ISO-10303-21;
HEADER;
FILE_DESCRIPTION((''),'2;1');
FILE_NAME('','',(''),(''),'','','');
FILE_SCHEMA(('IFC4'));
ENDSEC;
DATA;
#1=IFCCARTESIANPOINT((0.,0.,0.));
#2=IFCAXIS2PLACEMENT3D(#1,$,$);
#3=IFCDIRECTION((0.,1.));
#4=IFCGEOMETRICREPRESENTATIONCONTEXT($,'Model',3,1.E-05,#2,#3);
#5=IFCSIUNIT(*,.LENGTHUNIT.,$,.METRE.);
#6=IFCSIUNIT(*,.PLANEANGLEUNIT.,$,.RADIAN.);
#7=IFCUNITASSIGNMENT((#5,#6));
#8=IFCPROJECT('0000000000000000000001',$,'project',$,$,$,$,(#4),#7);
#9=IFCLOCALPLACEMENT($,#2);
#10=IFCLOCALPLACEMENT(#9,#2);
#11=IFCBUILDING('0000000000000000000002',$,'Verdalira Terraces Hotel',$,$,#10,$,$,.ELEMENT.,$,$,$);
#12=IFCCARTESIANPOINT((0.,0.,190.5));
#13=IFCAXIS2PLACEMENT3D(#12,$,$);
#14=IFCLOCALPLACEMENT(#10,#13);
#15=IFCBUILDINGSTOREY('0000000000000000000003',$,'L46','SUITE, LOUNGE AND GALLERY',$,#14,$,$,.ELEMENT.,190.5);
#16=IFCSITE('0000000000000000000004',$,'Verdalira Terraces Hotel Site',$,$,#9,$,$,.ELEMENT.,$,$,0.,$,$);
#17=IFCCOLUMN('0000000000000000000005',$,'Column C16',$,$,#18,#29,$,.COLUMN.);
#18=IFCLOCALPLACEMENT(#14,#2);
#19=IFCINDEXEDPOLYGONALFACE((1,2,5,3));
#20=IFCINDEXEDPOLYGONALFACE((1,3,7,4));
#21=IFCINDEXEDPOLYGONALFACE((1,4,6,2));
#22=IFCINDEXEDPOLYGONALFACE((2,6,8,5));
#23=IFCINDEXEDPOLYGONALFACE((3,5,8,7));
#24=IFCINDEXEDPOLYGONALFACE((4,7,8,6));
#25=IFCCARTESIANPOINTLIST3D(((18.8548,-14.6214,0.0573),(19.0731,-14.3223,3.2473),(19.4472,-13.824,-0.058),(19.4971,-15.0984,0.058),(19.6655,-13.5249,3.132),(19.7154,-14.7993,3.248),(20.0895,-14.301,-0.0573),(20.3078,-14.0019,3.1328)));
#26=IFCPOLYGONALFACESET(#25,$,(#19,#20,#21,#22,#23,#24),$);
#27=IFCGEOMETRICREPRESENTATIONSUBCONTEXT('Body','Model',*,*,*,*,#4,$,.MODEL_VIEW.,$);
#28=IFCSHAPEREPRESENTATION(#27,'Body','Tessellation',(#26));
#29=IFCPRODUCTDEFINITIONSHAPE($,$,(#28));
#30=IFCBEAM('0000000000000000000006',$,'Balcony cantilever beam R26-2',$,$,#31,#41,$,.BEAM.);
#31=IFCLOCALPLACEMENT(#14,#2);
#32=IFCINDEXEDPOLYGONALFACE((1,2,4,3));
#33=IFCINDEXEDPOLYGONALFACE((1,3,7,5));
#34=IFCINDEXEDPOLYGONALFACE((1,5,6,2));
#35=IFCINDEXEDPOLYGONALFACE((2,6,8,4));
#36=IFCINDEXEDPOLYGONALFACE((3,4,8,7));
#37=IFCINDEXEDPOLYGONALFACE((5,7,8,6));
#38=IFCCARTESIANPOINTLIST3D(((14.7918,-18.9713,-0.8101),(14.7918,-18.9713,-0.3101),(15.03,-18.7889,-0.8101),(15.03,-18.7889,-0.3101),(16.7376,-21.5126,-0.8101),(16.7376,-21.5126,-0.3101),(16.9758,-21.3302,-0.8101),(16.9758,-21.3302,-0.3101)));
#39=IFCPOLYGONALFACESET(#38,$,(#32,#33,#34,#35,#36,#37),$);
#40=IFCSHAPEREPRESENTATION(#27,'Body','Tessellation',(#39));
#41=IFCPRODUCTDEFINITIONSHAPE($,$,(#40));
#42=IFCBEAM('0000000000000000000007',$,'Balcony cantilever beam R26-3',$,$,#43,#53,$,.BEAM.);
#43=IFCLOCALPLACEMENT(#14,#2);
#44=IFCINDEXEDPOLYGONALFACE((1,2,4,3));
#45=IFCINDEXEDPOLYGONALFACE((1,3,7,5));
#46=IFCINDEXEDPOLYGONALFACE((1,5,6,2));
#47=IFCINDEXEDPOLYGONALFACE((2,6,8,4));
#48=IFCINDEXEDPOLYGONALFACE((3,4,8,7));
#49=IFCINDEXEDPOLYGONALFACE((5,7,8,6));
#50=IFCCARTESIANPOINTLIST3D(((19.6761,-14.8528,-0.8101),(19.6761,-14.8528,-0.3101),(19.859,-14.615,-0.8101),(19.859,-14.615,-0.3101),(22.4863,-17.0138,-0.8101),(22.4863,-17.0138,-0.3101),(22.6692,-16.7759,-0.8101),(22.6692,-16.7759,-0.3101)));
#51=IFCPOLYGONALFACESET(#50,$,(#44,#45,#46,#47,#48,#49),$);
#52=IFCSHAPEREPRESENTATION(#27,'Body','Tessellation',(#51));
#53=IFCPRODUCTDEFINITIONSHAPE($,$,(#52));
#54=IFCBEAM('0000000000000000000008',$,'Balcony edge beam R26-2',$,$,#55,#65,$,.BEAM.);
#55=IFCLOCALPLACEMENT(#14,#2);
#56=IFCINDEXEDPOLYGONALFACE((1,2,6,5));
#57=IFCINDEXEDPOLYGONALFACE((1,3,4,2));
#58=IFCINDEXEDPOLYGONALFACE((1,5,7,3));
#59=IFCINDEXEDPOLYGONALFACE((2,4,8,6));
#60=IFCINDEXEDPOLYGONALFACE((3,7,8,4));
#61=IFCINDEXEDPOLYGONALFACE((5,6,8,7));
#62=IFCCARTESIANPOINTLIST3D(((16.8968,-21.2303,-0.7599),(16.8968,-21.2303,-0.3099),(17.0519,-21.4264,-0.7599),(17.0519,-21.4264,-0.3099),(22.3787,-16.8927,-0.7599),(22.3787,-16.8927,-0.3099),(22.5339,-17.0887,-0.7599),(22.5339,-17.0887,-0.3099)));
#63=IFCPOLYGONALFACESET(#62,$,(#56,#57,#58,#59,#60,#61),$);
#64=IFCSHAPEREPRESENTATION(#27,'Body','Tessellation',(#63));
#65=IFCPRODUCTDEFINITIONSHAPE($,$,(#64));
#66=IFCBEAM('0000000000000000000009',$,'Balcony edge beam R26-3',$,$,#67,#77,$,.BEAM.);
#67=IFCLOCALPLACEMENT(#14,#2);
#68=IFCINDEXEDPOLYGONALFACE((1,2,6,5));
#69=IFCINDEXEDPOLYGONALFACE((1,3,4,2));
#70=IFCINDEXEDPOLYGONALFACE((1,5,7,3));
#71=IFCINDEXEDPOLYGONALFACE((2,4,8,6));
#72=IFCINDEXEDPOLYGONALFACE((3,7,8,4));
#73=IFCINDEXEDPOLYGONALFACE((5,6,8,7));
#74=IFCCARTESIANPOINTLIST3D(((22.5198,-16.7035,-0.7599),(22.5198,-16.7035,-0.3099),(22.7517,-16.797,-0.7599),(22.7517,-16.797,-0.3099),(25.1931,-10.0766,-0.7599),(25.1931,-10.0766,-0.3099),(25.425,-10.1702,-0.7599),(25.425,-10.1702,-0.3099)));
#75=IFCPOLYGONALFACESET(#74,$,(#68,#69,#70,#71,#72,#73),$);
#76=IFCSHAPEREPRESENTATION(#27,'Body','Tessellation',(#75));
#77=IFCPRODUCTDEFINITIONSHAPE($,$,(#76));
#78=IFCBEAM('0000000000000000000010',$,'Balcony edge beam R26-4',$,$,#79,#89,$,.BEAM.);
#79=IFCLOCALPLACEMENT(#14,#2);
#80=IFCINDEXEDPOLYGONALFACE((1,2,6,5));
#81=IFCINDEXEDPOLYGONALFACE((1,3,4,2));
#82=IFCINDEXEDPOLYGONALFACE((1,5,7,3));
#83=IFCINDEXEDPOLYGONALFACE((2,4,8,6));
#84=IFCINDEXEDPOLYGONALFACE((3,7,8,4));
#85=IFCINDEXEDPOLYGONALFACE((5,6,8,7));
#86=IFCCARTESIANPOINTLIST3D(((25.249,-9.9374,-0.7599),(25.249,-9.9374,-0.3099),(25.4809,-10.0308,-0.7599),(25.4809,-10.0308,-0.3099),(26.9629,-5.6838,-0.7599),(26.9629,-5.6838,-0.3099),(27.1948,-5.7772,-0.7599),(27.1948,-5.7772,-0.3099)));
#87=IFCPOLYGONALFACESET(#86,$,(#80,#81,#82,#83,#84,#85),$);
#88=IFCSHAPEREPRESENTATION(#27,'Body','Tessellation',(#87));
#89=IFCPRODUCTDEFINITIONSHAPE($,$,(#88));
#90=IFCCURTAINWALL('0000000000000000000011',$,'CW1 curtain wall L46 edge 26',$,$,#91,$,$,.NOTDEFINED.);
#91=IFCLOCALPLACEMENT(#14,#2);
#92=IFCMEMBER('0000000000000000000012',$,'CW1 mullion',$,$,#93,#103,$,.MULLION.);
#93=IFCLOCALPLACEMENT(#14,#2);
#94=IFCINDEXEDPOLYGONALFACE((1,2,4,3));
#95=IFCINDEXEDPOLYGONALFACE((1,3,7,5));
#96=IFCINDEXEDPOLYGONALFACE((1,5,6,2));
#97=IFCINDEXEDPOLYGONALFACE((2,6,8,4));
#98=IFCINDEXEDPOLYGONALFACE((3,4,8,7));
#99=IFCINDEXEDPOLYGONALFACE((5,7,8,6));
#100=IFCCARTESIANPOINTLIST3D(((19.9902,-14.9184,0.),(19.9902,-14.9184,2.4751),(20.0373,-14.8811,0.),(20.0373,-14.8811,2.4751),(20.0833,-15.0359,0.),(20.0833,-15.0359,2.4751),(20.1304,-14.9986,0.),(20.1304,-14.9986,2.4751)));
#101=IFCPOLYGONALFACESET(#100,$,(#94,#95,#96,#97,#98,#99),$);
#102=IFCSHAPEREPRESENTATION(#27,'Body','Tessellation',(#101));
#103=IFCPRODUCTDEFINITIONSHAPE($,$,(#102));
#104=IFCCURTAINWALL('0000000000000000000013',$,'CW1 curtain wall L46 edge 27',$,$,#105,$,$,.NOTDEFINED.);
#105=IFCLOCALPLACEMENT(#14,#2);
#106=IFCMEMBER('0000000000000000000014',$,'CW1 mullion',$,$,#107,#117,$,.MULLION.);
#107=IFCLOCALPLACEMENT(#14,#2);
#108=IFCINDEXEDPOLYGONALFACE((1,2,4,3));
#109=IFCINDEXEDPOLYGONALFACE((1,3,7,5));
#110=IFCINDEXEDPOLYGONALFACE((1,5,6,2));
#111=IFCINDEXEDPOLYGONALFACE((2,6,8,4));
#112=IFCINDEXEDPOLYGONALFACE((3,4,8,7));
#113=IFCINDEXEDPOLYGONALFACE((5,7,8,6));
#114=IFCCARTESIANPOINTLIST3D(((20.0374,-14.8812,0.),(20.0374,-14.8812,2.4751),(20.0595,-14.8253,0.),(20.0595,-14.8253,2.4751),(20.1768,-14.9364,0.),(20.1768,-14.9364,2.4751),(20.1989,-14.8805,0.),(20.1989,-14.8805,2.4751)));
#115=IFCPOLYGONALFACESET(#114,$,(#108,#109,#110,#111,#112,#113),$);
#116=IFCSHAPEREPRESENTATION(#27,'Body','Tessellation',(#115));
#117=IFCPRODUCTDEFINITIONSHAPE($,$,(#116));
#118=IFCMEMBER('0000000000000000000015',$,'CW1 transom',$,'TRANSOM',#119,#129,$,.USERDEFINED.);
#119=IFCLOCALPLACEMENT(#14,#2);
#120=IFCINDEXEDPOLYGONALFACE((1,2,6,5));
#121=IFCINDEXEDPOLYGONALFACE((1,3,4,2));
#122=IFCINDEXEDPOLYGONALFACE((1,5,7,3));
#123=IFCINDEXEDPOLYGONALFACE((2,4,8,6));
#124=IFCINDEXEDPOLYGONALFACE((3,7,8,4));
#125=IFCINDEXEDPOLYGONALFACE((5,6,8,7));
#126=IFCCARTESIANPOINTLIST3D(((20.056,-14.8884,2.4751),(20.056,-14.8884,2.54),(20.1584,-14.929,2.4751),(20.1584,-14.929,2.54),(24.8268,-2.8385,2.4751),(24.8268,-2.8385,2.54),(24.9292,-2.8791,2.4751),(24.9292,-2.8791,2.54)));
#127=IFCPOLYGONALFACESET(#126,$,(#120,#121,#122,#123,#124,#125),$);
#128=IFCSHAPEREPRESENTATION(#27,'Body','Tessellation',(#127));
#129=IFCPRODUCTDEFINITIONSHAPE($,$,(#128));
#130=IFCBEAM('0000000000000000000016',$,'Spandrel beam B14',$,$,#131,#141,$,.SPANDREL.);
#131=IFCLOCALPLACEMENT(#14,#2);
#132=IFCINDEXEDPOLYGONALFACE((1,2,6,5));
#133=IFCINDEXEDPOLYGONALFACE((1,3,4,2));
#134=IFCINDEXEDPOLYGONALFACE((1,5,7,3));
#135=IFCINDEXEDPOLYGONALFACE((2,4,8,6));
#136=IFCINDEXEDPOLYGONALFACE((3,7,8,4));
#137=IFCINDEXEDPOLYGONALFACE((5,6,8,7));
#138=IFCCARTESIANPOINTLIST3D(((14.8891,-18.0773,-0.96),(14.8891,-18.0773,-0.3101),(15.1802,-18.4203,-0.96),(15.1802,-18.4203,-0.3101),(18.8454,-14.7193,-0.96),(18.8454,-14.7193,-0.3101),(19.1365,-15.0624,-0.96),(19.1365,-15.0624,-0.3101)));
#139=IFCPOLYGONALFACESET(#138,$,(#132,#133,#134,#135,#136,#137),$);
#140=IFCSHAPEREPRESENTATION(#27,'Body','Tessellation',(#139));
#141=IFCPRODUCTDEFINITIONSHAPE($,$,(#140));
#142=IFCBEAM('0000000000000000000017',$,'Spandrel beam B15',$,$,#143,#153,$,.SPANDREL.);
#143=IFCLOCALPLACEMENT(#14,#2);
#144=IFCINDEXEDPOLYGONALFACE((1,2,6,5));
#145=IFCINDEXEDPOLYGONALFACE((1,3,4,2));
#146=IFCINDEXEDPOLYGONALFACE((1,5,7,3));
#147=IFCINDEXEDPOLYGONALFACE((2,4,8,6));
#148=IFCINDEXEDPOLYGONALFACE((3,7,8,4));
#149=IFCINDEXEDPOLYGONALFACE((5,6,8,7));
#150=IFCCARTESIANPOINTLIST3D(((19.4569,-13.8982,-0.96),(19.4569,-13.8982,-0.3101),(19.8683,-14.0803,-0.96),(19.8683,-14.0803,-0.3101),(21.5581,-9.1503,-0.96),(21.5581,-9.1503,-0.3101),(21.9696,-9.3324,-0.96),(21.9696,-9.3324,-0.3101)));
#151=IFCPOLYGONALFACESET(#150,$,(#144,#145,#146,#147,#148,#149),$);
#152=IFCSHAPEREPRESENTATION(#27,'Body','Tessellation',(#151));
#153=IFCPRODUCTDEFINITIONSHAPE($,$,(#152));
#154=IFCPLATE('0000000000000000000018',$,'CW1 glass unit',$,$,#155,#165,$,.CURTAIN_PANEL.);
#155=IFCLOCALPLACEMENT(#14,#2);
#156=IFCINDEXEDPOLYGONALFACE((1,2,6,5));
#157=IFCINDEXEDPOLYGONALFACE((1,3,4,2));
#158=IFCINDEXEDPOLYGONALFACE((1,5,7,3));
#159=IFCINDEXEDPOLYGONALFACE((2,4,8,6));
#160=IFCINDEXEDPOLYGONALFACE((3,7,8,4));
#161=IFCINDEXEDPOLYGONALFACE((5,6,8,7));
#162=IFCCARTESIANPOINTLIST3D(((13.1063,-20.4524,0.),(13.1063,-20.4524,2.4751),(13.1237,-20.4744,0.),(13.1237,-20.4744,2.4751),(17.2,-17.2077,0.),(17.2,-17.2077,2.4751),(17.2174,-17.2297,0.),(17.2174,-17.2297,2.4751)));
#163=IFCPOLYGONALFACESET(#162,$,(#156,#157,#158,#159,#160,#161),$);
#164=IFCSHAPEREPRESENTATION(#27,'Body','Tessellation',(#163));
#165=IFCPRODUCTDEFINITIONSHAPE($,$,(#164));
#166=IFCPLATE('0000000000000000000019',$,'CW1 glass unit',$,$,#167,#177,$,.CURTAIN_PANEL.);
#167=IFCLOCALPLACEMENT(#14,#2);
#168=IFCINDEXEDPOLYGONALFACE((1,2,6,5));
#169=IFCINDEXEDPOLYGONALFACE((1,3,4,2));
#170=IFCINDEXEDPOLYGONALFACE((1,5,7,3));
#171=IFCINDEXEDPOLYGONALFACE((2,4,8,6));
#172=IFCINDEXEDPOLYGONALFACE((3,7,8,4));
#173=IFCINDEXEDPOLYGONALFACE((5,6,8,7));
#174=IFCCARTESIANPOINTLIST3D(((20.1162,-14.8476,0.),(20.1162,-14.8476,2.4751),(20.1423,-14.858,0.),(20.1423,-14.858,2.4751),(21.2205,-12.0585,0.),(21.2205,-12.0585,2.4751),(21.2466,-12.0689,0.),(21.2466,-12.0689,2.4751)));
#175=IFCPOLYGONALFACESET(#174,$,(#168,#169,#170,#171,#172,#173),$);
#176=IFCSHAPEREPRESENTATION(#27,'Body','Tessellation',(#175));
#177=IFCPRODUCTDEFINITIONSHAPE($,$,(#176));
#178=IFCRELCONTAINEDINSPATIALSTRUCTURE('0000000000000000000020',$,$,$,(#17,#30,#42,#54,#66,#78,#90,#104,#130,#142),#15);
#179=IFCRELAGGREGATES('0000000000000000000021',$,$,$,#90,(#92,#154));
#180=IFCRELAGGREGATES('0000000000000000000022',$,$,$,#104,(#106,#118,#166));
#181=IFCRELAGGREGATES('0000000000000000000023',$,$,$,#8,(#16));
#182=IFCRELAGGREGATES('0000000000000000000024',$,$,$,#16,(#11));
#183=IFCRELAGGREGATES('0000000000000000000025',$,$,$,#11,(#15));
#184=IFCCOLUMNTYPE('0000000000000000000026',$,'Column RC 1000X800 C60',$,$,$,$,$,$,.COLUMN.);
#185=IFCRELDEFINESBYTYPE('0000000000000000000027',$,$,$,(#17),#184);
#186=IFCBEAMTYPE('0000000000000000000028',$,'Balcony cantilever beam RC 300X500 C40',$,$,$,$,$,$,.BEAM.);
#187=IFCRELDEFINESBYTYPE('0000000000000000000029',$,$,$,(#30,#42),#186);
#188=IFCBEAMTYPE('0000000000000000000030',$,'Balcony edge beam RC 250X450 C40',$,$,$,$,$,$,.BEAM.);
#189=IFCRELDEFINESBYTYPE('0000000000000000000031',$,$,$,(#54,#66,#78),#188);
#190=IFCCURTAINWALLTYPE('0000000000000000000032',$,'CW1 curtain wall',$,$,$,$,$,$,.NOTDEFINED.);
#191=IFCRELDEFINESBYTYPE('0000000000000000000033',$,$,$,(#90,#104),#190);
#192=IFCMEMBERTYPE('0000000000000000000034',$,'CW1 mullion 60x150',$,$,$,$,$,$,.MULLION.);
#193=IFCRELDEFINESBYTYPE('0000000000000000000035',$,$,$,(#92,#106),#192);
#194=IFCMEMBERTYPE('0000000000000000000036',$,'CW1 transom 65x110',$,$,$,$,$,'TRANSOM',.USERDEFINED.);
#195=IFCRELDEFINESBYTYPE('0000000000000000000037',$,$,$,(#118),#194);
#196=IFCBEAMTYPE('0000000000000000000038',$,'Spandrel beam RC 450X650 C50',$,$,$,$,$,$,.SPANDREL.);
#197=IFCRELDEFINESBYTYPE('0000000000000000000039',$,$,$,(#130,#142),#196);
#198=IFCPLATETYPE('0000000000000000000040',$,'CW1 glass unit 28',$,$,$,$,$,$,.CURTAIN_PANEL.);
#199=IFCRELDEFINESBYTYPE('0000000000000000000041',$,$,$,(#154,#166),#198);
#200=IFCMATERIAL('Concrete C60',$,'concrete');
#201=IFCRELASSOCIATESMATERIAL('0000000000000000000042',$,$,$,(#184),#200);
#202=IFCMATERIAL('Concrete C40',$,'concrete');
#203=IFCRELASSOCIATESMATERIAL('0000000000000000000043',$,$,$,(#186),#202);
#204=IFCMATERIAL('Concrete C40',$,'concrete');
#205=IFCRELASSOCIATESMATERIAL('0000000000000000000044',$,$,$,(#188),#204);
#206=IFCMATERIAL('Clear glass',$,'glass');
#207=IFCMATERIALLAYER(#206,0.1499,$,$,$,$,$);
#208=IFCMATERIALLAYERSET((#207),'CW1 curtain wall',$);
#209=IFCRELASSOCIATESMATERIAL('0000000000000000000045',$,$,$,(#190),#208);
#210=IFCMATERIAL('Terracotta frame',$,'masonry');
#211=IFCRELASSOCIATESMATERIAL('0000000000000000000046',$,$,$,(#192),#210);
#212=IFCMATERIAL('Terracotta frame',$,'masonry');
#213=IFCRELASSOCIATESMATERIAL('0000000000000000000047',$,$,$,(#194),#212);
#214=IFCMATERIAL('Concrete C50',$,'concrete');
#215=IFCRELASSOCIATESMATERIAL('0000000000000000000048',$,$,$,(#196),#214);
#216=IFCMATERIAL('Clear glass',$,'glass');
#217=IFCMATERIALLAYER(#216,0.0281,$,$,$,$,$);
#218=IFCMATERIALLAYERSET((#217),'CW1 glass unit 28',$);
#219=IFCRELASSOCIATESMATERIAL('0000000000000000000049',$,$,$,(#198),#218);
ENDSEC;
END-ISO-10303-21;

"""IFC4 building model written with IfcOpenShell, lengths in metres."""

from ifc_helpers import new_model, si_unit, direction, frame, origin, origin_2d, place, context, subcontext, project, spatial, rectangle, extrude, material, layer, layer_set, material_profile, profile_set, type_object, element, aggregate, save


model = new_model("IFC4")

# Units and contexts
model_context = context("Model", 3, precision=1e-05, world=origin(), true_north=direction((0.0, 1.0)))
body_context = subcontext(model_context, "Body", "Model", "MODEL_VIEW")
ifc_project = project(units=[si_unit("LENGTHUNIT", "METRE"), si_unit("PLANEANGLEUNIT", "RADIAN")], contexts=[model_context])

# Site, building, storey
site_placement = place(None, origin())
site = spatial("IfcSite", under=ifc_project, at=site_placement, Name="Verdalira Terraces Hotel Site", CompositionType="ELEMENT", RefElevation=0.0)
building_placement = place(site_placement, origin())
building = spatial("IfcBuilding", under=site, at=building_placement, Name="Verdalira Terraces Hotel", CompositionType="ELEMENT")
storey_placement = place(building_placement, frame((0.0, 0.0, 190.5)))
storey = spatial("IfcBuildingStorey", under=building, at=storey_placement, Name="L46", Description="SUITE, LOUNGE AND GALLERY", CompositionType="ELEMENT", Elevation=190.5)

# Column
ifc_material_1 = material(Name="Concrete C60", Category="concrete")
ifc_material_profile_1 = material_profile(ifc_material_1, rectangle(XDim=1.0, YDim=0.8, at=origin_2d()), Name="RC 1000X800")
ifc_profile_set_1 = profile_set([ifc_material_profile_1], Name="Concrete C60")
column_type = type_object("IfcColumnType", Name="Column RC 1000X800 C60", PredefinedType="COLUMN", material=ifc_profile_set_1)
column_placement = place(storey_placement, frame((19.4722, -14.4612, 0.0), z_axis=(0.067966, 0.09313, 0.993332), x_axis=(-0.592364, -0.797379, 0.115289)))
element("IfcColumn", 1, at=column_placement, inside=storey, type_object=column_type, Name="Column C16", PredefinedType="COLUMN", context=body_context, shape_type="SweptSolid", body=[
    extrude(rectangle(XDim=1.0, YDim=0.8, at=origin_2d()), origin(), (0.0, 0.0, 1.0), 3.2114),
])

# Beams
ifc_material_2 = material(Name="Concrete C40", Category="concrete")
ifc_material_profile_2 = material_profile(ifc_material_2, rectangle(XDim=0.3, YDim=0.5, at=origin_2d()), Name="RC 300X500")
ifc_profile_set_2 = profile_set([ifc_material_profile_2], Name="Concrete C40")
beam_type_1 = type_object("IfcBeamType", Name="Balcony cantilever beam RC 300X500 C40", PredefinedType="BEAM", material=ifc_profile_set_2)
beam_1_placement = place(storey_placement, frame((14.9109, -18.8801, -0.5601), z_axis=(0.60794, -0.793983, 0.0), x_axis=(0.793983, 0.60794, 0.0)))
element("IfcBeam", 2, at=beam_1_placement, inside=storey, type_object=beam_type_1, Name="Balcony cantilever beam R26-2", PredefinedType="BEAM", context=body_context, shape_type="SweptSolid", body=[
    extrude(rectangle(XDim=0.3, YDim=0.5, at=origin_2d()), origin(), (0.0, 0.0, 1.0), 3.2007),
])
beam_2_placement = place(storey_placement, frame((19.7676, -14.7339, -0.5601), z_axis=(0.792719, -0.609588, 0.0), x_axis=(0.609588, 0.792719, 0.0)))
element("IfcBeam", 3, at=beam_2_placement, inside=storey, type_object=beam_type_1, Name="Balcony cantilever beam R26-3", PredefinedType="BEAM", context=body_context, shape_type="SweptSolid", body=[
    extrude(rectangle(XDim=0.3, YDim=0.5, at=origin_2d()), origin(), (0.0, 0.0, 1.0), 3.5449),
])
ifc_material_3 = material(Name="Concrete C40", Category="concrete")
ifc_material_profile_3 = material_profile(ifc_material_3, rectangle(XDim=0.25, YDim=0.45, at=origin_2d()), Name="RC 250X450")
ifc_profile_set_3 = profile_set([ifc_material_profile_3], Name="Concrete C40")
beam_type_2 = type_object("IfcBeamType", Name="Balcony edge beam RC 250X450 C40", PredefinedType="BEAM", material=ifc_profile_set_3)
beam_3_placement = place(storey_placement, frame((16.9744, -21.3284, -0.5349), z_axis=(0.7842, 0.620508, 0.0), x_axis=(-0.620508, 0.7842, 0.0)))
element("IfcBeam", 4, at=beam_3_placement, inside=storey, type_object=beam_type_2, Name="Balcony edge beam R26-2", PredefinedType="BEAM", context=body_context, shape_type="SweptSolid", body=[
    extrude(rectangle(XDim=0.25, YDim=0.45, at=origin_2d()), origin(), (0.0, 0.0, 1.0), 6.9905),
])
beam_4_placement = place(storey_placement, frame((22.6357, -16.7502, -0.5349), z_axis=(0.374111, 0.927384, 0.0), x_axis=(-0.927384, 0.374111, 0.0)))
element("IfcBeam", 5, at=beam_4_placement, inside=storey, type_object=beam_type_2, Name="Balcony edge beam R26-3", PredefinedType="BEAM", context=body_context, shape_type="SweptSolid", body=[
    extrude(rectangle(XDim=0.25, YDim=0.45, at=origin_2d()), origin(), (0.0, 0.0, 1.0), 7.1458),
])
beam_5_placement = place(storey_placement, frame((25.365, -9.9841, -0.5349), z_axis=(0.373721, 0.927541, 0.0), x_axis=(-0.927541, 0.373721, 0.0)))
element("IfcBeam", 6, at=beam_5_placement, inside=storey, type_object=beam_type_2, Name="Balcony edge beam R26-4", PredefinedType="BEAM", context=body_context, shape_type="SweptSolid", body=[
    extrude(rectangle(XDim=0.25, YDim=0.45, at=origin_2d()), origin(), (0.0, 0.0, 1.0), 4.5859),
])

# Curtain wall, member
ifc_material_4 = material(Name="Clear glass", Category="glass")
ifc_layer_1 = layer(ifc_material_4, 0.1499)
ifc_layer_set_1 = layer_set([ifc_layer_1], Name="CW1 curtain wall")
curtain_wall_type = type_object("IfcCurtainWallType", Name="CW1 curtain wall", PredefinedType="NOTDEFINED", material=ifc_layer_set_1)
curtain_wall_1_placement = place(storey_placement, origin())
curtain_wall_1 = element("IfcCurtainWall", 7, at=curtain_wall_1_placement, inside=storey, type_object=curtain_wall_type, Name="CW1 curtain wall L46 edge 26", PredefinedType="NOTDEFINED")
ifc_material_5 = material(Name="Terracotta frame", Category="masonry")
ifc_material_profile_4 = material_profile(ifc_material_5, rectangle(XDim=0.0601, YDim=0.1499, at=origin_2d()), Name="MU 60x150")
ifc_profile_set_4 = profile_set([ifc_material_profile_4], Name="Terracotta frame")
member_type_1 = type_object("IfcMemberType", Name="CW1 mullion 60x150", PredefinedType="MULLION", material=ifc_profile_set_4)
member_1_placement = place(storey_placement, frame((20.0603, -14.9585, 0.0), z_axis=(0.0, 0.0, 1.0), x_axis=(0.783693, 0.621148, 0.0)))
member_1 = element("IfcMember", 8, at=member_1_placement, type_object=member_type_1, Name="CW1 mullion", PredefinedType="MULLION", context=body_context, shape_type="SweptSolid", body=[
    extrude(rectangle(XDim=0.0601, YDim=0.1499, at=origin_2d()), origin(), (0.0, 0.0, 1.0), 2.4751),
])

# Curtain wall, members
curtain_wall_2_placement = place(storey_placement, origin())
curtain_wall_2 = element("IfcCurtainWall", 9, at=curtain_wall_2_placement, inside=storey, type_object=curtain_wall_type, Name="CW1 curtain wall L46 edge 27", PredefinedType="NOTDEFINED")
member_2_placement = place(storey_placement, frame((20.1182, -14.8809, 0.0), z_axis=(0.0, 0.0, 1.0), x_axis=(0.368125, 0.929776, 0.0)))
member_2 = element("IfcMember", 10, at=member_2_placement, type_object=member_type_1, Name="CW1 mullion", PredefinedType="MULLION", context=body_context, shape_type="SweptSolid", body=[
    extrude(rectangle(XDim=0.0601, YDim=0.1499, at=origin_2d()), origin(), (0.0, 0.0, 1.0), 2.4751),
])
ifc_material_6 = material(Name="Terracotta frame", Category="masonry")
ifc_material_profile_5 = material_profile(ifc_material_6, rectangle(XDim=0.1101, YDim=0.0649, at=origin_2d()), Name="TR 65x110")
ifc_profile_set_5 = profile_set([ifc_material_profile_5], Name="Terracotta frame")
member_type_2 = type_object("IfcMemberType", Name="CW1 transom 65x110", ElementType="TRANSOM", PredefinedType="USERDEFINED", material=ifc_profile_set_5)
member_3_placement = place(storey_placement, frame((20.1072, -14.9087, 2.5076), z_axis=(0.368118, 0.929779, 0.0), x_axis=(-0.929779, 0.368118, 0.0)))
member_3 = element("IfcMember", 11, at=member_3_placement, type_object=member_type_2, Name="CW1 transom", ObjectType="TRANSOM", PredefinedType="USERDEFINED", context=body_context, shape_type="SweptSolid", body=[
    extrude(rectangle(XDim=0.1101, YDim=0.0649, at=origin_2d()), origin(), (0.0, 0.0, 1.0), 12.96),
])

# Beams
ifc_material_7 = material(Name="Concrete C50", Category="concrete")
ifc_material_profile_6 = material_profile(ifc_material_7, rectangle(XDim=0.45, YDim=0.6499, at=origin_2d()), Name="RC 450X650")
ifc_profile_set_6 = profile_set([ifc_material_profile_6], Name="Concrete C50")
beam_type_3 = type_object("IfcBeamType", Name="Spandrel beam RC 450X650 C50", PredefinedType="SPANDREL", material=ifc_profile_set_6)
beam_6_placement = place(storey_placement, frame((15.0347, -18.2488, -0.635), z_axis=(0.762409, 0.647095, 0.0), x_axis=(-0.647095, 0.762409, 0.0)))
element("IfcBeam", 12, at=beam_6_placement, inside=storey, type_object=beam_type_3, Name="Spandrel beam B14", PredefinedType="SPANDREL", context=body_context, shape_type="SweptSolid", body=[
    extrude(rectangle(XDim=0.45, YDim=0.6499, at=origin_2d()), origin(), (0.0, 0.0, 1.0), 5.1892),
])
beam_7_placement = place(storey_placement, frame((19.6626, -13.9893, -0.635), z_axis=(0.404703, 0.914448, 0.0), x_axis=(-0.914448, 0.404703, 0.0)))
element("IfcBeam", 13, at=beam_7_placement, inside=storey, type_object=beam_type_3, Name="Spandrel beam B15", PredefinedType="SPANDREL", context=body_context, shape_type="SweptSolid", body=[
    extrude(rectangle(XDim=0.45, YDim=0.6499, at=origin_2d()), origin(), (0.0, 0.0, 1.0), 5.1921),
])

# Plates
ifc_material_8 = material(Name="Clear glass", Category="glass")
ifc_layer_2 = layer(ifc_material_8, 0.0281)
ifc_layer_set_2 = layer_set([ifc_layer_2], Name="CW1 glass unit 28")
plate_type = type_object("IfcPlateType", Name="CW1 glass unit 28", PredefinedType="CURTAIN_PANEL", material=ifc_layer_set_2)
plate_1_placement = place(storey_placement, frame((15.1619, -18.8411, 0.0), z_axis=(0.0, 0.0, 1.0), x_axis=(0.783693, 0.621148, 0.0)))
plate_1 = element("IfcPlate", 14, at=plate_1_placement, type_object=plate_type, Name="CW1 glass unit", PredefinedType="CURTAIN_PANEL", context=body_context, shape_type="SweptSolid", body=[
    extrude(rectangle(XDim=5.2236, YDim=0.0281, at=origin_2d()), origin(), (0.0, 0.0, 1.0), 2.4751),
])
aggregate(curtain_wall_1, [member_1, plate_1])
plate_2_placement = place(storey_placement, frame((20.6814, -13.4583, 0.0), z_axis=(0.0, 0.0, 1.0), x_axis=(0.368125, 0.929776, 0.0)))
plate_2 = element("IfcPlate", 15, at=plate_2_placement, type_object=plate_type, Name="CW1 glass unit", PredefinedType="CURTAIN_PANEL", context=body_context, shape_type="SweptSolid", body=[
    extrude(rectangle(XDim=2.9998, YDim=0.0281, at=origin_2d()), origin(), (0.0, 0.0, 1.0), 2.4751),
])
aggregate(curtain_wall_2, [member_2, member_3, plate_2])

save(model, "model.ifc")
